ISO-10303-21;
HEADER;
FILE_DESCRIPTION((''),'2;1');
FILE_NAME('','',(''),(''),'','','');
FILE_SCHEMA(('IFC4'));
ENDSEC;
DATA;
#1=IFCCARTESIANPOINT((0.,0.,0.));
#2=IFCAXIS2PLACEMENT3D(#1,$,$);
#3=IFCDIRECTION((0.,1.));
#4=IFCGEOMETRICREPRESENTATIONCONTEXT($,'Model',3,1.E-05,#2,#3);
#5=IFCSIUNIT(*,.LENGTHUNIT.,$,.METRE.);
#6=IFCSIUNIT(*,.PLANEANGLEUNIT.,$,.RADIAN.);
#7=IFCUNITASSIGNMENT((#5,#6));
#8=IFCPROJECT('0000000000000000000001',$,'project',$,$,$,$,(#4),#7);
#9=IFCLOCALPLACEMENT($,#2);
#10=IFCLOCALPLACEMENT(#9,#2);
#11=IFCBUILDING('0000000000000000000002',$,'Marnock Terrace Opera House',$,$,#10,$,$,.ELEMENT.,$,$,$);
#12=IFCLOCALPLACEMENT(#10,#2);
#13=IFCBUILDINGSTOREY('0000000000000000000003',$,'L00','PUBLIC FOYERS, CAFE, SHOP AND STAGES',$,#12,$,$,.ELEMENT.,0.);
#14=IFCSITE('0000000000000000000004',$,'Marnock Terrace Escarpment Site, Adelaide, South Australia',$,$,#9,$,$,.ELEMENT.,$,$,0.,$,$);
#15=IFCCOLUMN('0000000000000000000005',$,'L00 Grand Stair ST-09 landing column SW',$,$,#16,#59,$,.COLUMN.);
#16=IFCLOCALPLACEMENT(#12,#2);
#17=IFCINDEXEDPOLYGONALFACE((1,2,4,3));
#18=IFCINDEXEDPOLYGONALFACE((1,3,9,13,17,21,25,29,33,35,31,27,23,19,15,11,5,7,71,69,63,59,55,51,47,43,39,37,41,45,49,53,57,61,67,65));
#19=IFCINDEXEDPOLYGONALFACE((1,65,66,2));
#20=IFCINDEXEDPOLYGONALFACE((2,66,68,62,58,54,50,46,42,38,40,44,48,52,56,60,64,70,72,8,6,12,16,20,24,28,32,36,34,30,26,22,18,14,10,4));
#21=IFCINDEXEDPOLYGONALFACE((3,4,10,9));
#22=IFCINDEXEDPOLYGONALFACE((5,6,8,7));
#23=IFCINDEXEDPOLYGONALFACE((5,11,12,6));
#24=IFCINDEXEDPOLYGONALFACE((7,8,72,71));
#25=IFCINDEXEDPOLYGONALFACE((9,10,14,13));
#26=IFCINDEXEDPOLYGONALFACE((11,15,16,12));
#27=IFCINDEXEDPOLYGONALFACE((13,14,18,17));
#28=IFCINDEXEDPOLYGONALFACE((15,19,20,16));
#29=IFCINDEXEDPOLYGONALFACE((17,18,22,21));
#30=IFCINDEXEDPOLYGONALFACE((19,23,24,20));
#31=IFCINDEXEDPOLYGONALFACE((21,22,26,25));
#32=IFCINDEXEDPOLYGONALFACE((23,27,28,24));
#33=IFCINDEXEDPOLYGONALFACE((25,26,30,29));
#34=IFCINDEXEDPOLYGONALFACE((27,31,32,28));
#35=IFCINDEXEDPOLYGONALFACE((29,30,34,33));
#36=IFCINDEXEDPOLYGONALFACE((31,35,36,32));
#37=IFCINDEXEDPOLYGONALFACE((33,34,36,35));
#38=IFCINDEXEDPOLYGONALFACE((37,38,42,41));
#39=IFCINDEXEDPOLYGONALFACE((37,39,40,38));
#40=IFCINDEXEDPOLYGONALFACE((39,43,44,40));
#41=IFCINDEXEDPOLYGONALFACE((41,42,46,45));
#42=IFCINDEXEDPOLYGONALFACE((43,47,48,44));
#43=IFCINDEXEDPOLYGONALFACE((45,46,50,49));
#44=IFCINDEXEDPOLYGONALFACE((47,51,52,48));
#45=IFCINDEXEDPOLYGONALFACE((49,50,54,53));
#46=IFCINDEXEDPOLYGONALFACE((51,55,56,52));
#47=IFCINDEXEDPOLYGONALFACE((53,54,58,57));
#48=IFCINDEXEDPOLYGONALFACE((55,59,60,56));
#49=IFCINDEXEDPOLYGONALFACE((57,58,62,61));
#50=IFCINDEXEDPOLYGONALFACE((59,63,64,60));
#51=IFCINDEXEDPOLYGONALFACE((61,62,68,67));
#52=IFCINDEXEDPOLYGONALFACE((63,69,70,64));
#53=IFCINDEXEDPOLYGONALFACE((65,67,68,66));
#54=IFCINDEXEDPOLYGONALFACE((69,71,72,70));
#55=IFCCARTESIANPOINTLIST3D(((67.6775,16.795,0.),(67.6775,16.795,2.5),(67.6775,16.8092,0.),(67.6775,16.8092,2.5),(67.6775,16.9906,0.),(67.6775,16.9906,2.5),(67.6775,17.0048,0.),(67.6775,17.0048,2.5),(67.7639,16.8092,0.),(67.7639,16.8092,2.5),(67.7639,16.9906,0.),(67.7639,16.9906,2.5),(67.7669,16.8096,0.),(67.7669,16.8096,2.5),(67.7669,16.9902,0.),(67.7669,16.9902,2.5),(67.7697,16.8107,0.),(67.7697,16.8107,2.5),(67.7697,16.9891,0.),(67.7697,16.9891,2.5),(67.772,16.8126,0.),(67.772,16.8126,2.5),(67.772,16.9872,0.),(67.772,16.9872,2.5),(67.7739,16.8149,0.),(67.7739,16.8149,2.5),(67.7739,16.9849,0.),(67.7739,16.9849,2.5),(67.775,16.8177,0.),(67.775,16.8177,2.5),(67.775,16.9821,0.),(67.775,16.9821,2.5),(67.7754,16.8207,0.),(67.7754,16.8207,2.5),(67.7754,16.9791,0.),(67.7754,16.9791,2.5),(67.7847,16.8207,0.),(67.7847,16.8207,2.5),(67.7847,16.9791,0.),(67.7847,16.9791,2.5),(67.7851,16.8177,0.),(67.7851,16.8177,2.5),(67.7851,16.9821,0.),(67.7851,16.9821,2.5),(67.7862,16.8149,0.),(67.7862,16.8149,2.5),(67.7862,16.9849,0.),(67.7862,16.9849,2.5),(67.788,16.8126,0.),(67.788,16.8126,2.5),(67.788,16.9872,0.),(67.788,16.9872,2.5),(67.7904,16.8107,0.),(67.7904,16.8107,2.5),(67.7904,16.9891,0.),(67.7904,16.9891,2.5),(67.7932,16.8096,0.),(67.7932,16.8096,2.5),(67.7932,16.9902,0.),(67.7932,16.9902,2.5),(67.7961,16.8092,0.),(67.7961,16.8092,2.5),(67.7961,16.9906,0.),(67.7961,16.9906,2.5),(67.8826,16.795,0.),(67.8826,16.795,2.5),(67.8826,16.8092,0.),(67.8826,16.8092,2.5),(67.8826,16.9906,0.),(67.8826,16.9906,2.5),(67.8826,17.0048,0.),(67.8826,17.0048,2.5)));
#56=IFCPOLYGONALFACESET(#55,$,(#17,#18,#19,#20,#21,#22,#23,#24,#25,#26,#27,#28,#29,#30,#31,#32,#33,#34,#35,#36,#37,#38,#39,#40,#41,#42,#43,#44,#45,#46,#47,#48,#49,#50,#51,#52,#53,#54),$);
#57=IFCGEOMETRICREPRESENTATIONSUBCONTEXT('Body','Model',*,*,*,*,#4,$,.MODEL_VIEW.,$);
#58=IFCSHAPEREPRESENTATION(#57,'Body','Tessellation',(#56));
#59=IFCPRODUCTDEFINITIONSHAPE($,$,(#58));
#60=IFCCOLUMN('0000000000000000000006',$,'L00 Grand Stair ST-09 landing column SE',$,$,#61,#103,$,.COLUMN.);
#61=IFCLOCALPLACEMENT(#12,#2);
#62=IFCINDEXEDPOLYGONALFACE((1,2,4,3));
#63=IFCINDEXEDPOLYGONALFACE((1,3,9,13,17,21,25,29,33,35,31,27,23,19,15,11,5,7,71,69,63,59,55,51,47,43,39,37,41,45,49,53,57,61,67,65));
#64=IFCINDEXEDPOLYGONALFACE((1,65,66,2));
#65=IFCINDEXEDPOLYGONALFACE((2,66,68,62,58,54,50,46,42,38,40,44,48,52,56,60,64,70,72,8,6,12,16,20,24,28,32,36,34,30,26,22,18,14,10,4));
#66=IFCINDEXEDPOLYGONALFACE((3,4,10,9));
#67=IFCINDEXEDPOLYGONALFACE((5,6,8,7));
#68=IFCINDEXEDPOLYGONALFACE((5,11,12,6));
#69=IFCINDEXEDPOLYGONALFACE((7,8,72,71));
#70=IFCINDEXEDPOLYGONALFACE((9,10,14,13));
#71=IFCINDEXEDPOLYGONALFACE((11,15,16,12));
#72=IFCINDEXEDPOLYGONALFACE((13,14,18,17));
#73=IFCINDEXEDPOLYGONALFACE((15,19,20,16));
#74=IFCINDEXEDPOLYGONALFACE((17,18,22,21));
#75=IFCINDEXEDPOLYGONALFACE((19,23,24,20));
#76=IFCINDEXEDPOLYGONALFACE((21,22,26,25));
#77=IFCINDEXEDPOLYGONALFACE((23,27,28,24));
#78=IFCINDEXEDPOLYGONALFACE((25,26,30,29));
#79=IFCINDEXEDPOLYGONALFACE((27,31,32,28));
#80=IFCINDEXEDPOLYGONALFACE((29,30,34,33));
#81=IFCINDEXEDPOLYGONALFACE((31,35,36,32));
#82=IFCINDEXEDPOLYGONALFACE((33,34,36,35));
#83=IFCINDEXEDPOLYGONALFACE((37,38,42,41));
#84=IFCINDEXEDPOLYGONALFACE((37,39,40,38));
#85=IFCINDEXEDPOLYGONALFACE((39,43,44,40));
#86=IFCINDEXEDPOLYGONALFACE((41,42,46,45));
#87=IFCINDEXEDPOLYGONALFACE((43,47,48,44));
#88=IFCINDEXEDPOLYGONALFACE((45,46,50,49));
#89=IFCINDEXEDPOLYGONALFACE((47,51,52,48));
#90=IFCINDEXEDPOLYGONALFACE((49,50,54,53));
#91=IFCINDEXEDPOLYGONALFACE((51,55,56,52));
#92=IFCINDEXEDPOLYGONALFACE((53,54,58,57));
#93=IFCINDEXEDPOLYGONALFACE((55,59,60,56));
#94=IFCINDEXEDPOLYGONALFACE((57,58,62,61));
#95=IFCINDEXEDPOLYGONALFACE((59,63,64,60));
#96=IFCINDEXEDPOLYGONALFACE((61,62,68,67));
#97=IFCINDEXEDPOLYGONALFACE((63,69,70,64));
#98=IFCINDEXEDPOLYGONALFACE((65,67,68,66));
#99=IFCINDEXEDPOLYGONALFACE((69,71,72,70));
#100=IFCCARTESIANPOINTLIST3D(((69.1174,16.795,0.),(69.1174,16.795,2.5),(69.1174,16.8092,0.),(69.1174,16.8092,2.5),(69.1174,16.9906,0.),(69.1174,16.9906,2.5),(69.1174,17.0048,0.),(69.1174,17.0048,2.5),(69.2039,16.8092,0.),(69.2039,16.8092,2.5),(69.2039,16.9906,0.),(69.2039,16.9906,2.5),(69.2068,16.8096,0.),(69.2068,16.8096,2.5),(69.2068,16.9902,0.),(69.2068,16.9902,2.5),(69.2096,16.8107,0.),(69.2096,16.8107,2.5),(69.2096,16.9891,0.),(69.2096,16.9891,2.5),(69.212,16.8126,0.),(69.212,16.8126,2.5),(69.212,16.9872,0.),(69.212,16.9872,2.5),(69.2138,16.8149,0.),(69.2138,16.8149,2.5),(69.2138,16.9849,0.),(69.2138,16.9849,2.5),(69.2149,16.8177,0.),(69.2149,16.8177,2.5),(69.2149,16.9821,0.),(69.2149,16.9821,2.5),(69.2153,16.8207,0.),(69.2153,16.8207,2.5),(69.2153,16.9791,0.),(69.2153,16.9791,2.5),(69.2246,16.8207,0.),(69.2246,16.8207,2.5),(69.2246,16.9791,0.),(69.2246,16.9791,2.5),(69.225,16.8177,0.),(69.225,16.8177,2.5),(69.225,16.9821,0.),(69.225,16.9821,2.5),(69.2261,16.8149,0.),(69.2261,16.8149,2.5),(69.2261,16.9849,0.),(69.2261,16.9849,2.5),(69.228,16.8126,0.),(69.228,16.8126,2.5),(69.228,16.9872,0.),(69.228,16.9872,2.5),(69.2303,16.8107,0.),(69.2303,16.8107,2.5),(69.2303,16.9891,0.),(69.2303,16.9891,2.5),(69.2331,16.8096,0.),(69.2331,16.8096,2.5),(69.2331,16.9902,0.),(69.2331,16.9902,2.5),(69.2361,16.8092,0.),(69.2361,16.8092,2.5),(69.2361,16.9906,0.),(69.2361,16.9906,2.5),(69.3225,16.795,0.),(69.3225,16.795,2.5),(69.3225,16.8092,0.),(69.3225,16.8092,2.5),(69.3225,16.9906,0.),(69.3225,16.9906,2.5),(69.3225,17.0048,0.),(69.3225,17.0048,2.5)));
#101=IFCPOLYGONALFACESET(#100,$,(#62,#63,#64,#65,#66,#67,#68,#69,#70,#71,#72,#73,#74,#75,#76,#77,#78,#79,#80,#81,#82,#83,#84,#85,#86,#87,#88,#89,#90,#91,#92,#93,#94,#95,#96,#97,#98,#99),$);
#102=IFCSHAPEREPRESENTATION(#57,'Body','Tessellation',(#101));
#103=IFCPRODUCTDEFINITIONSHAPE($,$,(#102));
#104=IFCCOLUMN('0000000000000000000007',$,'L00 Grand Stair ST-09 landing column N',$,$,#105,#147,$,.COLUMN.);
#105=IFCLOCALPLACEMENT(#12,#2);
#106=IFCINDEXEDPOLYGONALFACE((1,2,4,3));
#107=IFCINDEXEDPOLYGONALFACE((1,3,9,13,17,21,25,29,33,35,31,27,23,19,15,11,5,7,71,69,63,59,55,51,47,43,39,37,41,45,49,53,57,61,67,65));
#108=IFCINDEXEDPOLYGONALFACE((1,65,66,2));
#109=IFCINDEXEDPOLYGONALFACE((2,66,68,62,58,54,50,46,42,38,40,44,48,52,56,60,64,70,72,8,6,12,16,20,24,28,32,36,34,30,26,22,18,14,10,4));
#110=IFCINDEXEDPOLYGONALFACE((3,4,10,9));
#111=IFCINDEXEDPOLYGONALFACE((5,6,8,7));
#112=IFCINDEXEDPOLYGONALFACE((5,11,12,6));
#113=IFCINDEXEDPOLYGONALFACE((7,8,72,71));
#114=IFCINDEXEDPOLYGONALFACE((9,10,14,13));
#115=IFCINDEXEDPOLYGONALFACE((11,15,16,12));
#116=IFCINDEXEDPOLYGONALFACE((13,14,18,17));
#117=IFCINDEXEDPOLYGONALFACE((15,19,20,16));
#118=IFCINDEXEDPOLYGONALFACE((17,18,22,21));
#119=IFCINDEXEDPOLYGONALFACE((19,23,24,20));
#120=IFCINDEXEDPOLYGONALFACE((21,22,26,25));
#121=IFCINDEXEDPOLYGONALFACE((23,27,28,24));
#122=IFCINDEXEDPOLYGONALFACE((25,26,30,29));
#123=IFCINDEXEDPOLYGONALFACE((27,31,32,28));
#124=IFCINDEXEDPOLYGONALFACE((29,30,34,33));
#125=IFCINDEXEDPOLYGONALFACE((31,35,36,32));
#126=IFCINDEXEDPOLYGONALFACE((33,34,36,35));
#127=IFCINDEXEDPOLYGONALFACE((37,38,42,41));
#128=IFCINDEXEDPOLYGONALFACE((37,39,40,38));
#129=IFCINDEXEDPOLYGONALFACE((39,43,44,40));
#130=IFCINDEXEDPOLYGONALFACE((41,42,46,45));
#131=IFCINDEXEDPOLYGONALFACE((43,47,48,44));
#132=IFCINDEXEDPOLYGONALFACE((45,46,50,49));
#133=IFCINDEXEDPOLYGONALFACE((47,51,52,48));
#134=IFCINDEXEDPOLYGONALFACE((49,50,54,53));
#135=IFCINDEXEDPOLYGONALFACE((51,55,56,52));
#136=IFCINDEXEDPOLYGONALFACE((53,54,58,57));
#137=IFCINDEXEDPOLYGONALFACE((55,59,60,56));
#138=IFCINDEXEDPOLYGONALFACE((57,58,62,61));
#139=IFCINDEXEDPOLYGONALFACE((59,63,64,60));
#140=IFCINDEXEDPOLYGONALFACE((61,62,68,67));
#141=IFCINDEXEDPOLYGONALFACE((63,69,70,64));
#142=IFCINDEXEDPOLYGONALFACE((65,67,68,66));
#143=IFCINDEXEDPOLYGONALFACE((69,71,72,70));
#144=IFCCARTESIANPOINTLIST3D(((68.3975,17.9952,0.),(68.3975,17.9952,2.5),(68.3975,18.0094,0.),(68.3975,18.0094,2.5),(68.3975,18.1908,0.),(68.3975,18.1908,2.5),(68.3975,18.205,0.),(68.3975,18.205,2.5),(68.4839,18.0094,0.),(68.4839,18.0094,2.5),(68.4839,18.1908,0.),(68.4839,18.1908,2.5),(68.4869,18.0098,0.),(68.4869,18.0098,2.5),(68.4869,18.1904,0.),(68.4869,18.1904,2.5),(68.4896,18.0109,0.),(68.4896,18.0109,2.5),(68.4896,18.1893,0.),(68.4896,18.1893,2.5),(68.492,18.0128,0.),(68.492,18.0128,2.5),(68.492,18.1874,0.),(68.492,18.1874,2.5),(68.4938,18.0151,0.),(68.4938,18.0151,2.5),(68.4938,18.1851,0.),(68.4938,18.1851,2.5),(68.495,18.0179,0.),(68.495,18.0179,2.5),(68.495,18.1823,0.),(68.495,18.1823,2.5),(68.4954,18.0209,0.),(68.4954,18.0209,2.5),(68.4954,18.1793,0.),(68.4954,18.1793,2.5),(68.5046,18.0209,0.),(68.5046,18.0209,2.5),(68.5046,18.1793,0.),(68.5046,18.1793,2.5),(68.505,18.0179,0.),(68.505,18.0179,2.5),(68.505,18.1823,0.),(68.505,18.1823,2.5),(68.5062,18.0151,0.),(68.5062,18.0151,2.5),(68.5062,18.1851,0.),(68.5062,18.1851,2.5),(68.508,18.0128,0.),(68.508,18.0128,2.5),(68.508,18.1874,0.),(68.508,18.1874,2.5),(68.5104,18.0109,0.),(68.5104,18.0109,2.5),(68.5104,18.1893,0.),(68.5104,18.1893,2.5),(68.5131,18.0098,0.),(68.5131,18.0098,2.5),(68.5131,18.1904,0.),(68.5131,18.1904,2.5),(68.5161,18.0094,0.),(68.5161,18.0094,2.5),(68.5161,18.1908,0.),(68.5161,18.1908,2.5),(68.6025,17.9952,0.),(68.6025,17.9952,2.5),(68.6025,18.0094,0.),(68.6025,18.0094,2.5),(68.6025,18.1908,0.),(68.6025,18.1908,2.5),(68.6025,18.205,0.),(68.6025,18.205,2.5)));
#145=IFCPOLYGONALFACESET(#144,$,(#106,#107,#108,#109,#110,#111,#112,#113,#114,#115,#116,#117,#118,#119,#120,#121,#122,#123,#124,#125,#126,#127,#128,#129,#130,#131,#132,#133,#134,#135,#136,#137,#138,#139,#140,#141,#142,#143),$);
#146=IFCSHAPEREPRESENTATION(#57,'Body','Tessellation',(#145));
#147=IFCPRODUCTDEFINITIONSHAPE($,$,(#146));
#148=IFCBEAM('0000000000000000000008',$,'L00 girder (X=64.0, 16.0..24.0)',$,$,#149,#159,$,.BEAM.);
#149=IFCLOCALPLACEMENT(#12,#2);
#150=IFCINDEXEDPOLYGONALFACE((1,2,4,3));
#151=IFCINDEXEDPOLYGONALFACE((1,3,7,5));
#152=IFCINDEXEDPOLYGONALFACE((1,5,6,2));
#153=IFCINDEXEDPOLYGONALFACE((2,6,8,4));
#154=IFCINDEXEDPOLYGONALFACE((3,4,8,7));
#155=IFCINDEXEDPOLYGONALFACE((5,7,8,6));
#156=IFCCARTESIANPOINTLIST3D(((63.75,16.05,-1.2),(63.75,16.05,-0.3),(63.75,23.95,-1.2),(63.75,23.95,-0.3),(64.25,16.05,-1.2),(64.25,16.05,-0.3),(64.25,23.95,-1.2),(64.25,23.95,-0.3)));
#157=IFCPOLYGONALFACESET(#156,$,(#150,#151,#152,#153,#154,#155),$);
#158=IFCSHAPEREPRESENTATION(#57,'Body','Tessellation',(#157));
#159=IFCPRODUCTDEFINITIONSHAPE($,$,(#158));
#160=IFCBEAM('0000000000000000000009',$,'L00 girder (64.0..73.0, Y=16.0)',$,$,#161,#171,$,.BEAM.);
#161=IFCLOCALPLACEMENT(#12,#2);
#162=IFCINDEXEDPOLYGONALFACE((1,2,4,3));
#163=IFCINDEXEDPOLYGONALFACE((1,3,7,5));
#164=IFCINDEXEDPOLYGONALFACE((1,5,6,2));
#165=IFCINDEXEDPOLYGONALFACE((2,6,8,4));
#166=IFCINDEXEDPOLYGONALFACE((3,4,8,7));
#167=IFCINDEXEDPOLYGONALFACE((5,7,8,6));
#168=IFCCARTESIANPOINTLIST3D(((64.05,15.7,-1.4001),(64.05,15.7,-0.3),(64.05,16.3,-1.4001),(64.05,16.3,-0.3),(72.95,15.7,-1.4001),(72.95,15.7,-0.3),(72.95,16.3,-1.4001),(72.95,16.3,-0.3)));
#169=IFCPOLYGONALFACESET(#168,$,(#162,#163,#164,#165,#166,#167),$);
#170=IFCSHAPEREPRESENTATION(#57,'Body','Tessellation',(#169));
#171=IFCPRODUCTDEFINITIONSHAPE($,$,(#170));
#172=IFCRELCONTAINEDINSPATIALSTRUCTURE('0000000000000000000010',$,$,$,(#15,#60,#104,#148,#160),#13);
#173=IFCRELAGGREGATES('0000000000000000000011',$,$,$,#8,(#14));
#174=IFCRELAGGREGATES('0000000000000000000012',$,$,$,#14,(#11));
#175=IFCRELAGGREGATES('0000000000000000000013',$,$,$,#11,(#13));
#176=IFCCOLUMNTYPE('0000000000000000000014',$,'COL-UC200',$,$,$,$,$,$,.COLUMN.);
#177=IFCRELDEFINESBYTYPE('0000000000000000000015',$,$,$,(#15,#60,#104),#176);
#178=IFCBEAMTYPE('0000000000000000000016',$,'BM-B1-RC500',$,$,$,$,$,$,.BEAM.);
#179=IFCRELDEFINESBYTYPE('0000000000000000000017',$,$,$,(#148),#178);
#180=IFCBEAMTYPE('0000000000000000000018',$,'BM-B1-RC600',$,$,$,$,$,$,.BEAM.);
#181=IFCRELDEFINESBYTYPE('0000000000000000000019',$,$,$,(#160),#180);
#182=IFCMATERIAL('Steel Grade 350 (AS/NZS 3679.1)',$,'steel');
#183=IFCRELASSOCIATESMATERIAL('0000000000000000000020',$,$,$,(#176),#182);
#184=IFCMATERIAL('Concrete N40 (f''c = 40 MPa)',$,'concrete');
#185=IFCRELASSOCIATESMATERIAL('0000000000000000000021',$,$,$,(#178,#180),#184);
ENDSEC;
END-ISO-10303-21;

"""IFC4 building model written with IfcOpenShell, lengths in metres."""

from ifc_helpers import new_model, si_unit, direction, frame, origin, origin_2d, place, context, subcontext, project, spatial, rectangle, i_section, extrude, material, material_profile, profile_set, type_object, element, save


model = new_model("IFC4")

# Units and contexts
model_context = context("Model", 3, precision=1e-05, world=origin(), true_north=direction((0.0, 1.0)))
body_context = subcontext(model_context, "Body", "Model", "MODEL_VIEW")
ifc_project = project(units=[si_unit("LENGTHUNIT", "METRE"), si_unit("PLANEANGLEUNIT", "RADIAN")], contexts=[model_context])

# Site, building, storey
site_placement = place(None, origin())
site = spatial("IfcSite", under=ifc_project, at=site_placement, Name="Marnock Terrace Escarpment Site, Adelaide, South Australia", CompositionType="ELEMENT", RefElevation=0.0)
building_placement = place(site_placement, origin())
building = spatial("IfcBuilding", under=site, at=building_placement, Name="Marnock Terrace Opera House", CompositionType="ELEMENT")
storey_placement = place(building_placement, origin())
storey = spatial("IfcBuildingStorey", under=building, at=storey_placement, Name="L00", Description="PUBLIC FOYERS, CAFE, SHOP AND STAGES", CompositionType="ELEMENT", Elevation=0.0)

# Columns
ifc_material_1 = material(Name="Steel Grade 350 (AS/NZS 3679.1)", Category="steel")
ifc_material_profile_1 = material_profile(ifc_material_1, i_section(OverallWidth=0.2051, OverallDepth=0.2097, WebThickness=0.0093, FlangeThickness=0.0142, FilletRadius=0.0115, at=origin_2d()))
ifc_profile_set_1 = profile_set([ifc_material_profile_1], Name="Steel Grade 350 (AS/NZS 3679.1)")
column_type = type_object("IfcColumnType", Name="COL-UC200", PredefinedType="COLUMN", material=ifc_profile_set_1)
for number, where, z_axis, x_axis, name in (
    (1, (67.78, 16.8999, 0.0), (0.0, 0.0, 1.0), (1.0, 0.0, 0.0), "L00 Grand Stair ST-09 landing column SW"),
    (2, (69.22, 16.8999, 0.0), (0.0, 0.0, 1.0), (1.0, 0.0, 0.0), "L00 Grand Stair ST-09 landing column SE"),
    (3, (68.5, 18.1001, 0.0), (0.0, 0.0, 1.0), (1.0, 0.0, 0.0), "L00 Grand Stair ST-09 landing column N"),
):
    element("IfcColumn", number, at=place(storey_placement, frame(where, z_axis=z_axis, x_axis=x_axis)), inside=storey, type_object=column_type, Name=name, PredefinedType="COLUMN", context=body_context, shape_type="SweptSolid", body=[
        extrude(i_section(OverallWidth=0.2051, OverallDepth=0.2097, WebThickness=0.0093, FlangeThickness=0.0142, FilletRadius=0.0115, at=origin_2d()), origin(), (0.0, 0.0, 1.0), 2.5),
    ])

# Beams
ifc_material_2 = material(Name="Concrete N40 (f'c = 40 MPa)", Category="concrete")
ifc_material_profile_2 = material_profile(ifc_material_2, rectangle(XDim=0.5, YDim=0.8999, at=origin_2d()))
ifc_profile_set_2 = profile_set([ifc_material_profile_2], Name="Concrete N40 (f'c = 40 MPa)")
beam_type_1 = type_object("IfcBeamType", Name="BM-B1-RC500", PredefinedType="BEAM", material=ifc_profile_set_2)
beam_1_placement = place(storey_placement, frame((64.0, 16.05, -0.75), z_axis=(0.0, 1.0, 0.0), x_axis=(-1.0, 0.0, 0.0)))
element("IfcBeam", 4, at=beam_1_placement, inside=storey, type_object=beam_type_1, Name="L00 girder (X=64.0, 16.0..24.0)", PredefinedType="BEAM", context=body_context, shape_type="SweptSolid", body=[
    extrude(rectangle(XDim=0.5, YDim=0.8999, at=origin_2d()), origin(), (0.0, 0.0, 1.0), 7.8999),
])
ifc_material_profile_3 = material_profile(ifc_material_2, rectangle(XDim=0.6001, YDim=1.1001, at=origin_2d()))
ifc_profile_set_3 = profile_set([ifc_material_profile_3], Name="Concrete N40 (f'c = 40 MPa)")
beam_type_2 = type_object("IfcBeamType", Name="BM-B1-RC600", PredefinedType="BEAM", material=ifc_profile_set_3)
beam_2_placement = place(storey_placement, frame((64.05, 16.0, -0.8501), z_axis=(1.0, 0.0, 0.0), x_axis=(0.0, 1.0, 0.0)))
element("IfcBeam", 5, at=beam_2_placement, inside=storey, type_object=beam_type_2, Name="L00 girder (64.0..73.0, Y=16.0)", PredefinedType="BEAM", context=body_context, shape_type="SweptSolid", body=[
    extrude(rectangle(XDim=0.6001, YDim=1.1001, at=origin_2d()), origin(), (0.0, 0.0, 1.0), 8.8999),
])

save(model, "model.ifc")
